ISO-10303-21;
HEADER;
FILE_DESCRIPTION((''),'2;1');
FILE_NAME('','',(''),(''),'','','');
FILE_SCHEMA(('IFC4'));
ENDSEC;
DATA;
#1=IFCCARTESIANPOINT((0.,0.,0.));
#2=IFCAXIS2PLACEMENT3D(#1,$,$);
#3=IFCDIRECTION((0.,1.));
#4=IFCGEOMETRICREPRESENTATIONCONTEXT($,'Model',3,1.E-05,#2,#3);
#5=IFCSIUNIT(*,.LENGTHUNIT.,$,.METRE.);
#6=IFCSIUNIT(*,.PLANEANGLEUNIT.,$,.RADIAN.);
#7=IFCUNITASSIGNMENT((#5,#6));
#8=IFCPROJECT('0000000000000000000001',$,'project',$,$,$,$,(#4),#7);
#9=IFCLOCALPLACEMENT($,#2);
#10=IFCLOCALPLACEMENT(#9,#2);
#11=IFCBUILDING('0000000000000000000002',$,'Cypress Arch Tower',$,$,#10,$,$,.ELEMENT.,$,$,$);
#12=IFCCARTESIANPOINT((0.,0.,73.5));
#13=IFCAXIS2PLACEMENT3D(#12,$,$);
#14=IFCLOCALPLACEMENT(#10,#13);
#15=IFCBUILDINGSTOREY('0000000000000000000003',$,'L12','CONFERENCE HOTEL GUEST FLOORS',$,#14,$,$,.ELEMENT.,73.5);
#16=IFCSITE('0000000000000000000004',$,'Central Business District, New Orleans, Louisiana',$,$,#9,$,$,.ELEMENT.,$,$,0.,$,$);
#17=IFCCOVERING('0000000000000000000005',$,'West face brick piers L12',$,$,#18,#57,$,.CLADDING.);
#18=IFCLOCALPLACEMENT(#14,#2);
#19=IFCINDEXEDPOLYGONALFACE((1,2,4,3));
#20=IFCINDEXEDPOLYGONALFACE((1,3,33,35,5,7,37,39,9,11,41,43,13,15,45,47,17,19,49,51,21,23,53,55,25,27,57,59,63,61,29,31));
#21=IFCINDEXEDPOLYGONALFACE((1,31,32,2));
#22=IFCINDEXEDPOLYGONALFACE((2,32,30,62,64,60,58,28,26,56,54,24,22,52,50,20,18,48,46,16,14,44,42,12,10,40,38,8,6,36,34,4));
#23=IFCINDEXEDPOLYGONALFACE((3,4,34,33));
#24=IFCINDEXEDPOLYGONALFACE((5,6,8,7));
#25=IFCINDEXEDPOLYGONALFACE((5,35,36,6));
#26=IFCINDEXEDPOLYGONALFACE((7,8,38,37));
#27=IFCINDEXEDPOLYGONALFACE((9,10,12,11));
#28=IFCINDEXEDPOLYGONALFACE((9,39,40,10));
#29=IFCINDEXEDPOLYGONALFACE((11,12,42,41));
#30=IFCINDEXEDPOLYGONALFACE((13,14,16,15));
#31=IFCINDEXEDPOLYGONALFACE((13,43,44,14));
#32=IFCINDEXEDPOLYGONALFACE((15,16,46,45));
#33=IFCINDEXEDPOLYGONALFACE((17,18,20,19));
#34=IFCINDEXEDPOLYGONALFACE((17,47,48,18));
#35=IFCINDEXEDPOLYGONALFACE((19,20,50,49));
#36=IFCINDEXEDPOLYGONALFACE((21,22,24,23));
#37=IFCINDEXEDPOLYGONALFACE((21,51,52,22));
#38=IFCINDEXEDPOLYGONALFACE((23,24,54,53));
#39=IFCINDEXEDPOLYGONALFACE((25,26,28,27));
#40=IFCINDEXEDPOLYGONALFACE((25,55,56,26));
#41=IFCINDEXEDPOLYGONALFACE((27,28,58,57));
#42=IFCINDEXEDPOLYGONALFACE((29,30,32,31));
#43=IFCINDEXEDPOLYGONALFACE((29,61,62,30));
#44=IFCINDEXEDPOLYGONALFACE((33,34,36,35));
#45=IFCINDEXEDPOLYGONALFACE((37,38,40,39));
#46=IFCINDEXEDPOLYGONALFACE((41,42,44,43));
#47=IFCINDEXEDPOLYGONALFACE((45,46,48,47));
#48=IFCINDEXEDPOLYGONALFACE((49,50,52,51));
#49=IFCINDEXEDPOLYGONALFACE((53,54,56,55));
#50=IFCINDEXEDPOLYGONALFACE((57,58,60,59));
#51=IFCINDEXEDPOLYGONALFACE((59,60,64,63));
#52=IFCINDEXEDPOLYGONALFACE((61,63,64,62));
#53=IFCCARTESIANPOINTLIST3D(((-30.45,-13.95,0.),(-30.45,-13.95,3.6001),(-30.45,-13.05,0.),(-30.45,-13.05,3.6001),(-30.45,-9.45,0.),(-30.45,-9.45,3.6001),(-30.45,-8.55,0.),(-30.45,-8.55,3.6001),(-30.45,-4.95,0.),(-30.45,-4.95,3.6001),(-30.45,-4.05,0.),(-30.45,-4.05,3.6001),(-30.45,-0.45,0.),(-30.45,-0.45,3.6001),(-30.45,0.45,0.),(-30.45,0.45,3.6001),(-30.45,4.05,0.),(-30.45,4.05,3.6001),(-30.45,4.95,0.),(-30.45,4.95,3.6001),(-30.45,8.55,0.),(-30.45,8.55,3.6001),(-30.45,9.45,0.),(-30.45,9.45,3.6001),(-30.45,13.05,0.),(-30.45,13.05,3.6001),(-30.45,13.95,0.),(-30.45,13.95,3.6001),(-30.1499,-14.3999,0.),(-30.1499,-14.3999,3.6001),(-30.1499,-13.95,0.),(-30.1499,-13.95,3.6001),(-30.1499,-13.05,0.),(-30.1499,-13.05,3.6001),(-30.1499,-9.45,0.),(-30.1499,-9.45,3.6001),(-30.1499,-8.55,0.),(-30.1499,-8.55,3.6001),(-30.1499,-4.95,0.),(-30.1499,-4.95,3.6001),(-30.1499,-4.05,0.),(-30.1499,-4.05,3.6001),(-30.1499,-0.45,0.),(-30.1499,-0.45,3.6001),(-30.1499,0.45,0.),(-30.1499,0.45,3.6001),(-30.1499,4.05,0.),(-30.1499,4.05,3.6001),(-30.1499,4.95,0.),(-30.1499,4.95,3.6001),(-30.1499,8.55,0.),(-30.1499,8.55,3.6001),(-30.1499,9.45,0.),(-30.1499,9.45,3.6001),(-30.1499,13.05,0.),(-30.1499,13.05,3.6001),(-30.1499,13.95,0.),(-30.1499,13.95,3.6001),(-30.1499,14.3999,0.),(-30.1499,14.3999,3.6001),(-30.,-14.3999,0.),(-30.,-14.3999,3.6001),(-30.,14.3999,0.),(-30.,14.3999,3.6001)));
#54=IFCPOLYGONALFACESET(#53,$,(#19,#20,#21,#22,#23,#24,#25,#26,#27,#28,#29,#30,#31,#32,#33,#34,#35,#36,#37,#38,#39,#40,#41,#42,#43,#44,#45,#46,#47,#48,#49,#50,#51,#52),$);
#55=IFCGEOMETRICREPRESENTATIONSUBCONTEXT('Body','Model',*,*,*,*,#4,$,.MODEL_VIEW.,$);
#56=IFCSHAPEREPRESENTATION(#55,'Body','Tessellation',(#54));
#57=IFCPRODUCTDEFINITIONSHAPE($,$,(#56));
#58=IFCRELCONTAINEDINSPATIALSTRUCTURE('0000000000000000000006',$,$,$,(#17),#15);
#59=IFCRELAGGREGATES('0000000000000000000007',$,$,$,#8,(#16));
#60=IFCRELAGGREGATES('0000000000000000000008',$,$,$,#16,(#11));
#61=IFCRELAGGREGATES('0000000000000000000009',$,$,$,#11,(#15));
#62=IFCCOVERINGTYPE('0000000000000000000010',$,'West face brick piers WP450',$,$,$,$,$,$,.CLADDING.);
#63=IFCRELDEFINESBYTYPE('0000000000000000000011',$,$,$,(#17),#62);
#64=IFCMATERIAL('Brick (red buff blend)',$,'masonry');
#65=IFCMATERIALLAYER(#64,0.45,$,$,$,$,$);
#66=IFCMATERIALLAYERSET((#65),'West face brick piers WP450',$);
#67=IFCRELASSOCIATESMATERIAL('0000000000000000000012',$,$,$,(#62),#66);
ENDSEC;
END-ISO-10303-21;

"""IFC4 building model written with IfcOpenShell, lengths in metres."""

from ifc_helpers import new_model, si_unit, direction, frame, origin, place, context, subcontext, project, spatial, polyline, outline, extrude, material, layer, layer_set, type_object, element, save


model = new_model("IFC4")

# Units and contexts
model_context = context("Model", 3, precision=1e-05, world=origin(), true_north=direction((0.0, 1.0)))
body_context = subcontext(model_context, "Body", "Model", "MODEL_VIEW")
ifc_project = project(units=[si_unit("LENGTHUNIT", "METRE"), si_unit("PLANEANGLEUNIT", "RADIAN")], contexts=[model_context])

# Site, building, storey
site_placement = place(None, origin())
site = spatial("IfcSite", under=ifc_project, at=site_placement, Name="Central Business District, New Orleans, Louisiana", CompositionType="ELEMENT", RefElevation=0.0)
building_placement = place(site_placement, origin())
building = spatial("IfcBuilding", under=site, at=building_placement, Name="Cypress Arch Tower", CompositionType="ELEMENT")
storey_placement = place(building_placement, frame((0.0, 0.0, 73.5)))
storey = spatial("IfcBuildingStorey", under=building, at=storey_placement, Name="L12", Description="CONFERENCE HOTEL GUEST FLOORS", CompositionType="ELEMENT", Elevation=73.5)

# Covering
ifc_material_1 = material(Name="Brick (red buff blend)", Category="masonry")
ifc_layer_1 = layer(ifc_material_1, 0.45)
ifc_layer_set_1 = layer_set([ifc_layer_1], Name="West face brick piers WP450")
covering_type_1 = type_object("IfcCoveringType", Name="West face brick piers WP450", PredefinedType="CLADDING", material=ifc_layer_set_1)
covering_1_placement = place(storey_placement, origin())
element("IfcCovering", 1, at=covering_1_placement, inside=storey, type_object=covering_type_1, Name="West face brick piers L12", PredefinedType="CLADDING", context=body_context, shape_type="SweptSolid", body=[
    extrude(outline(polyline([(-30.1499, -13.05), (-30.1499, -9.45), (-30.45, -9.45), (-30.45, -8.55), (-30.1499, -8.55), (-30.1499, -4.95), (-30.45, -4.95), (-30.45, -4.05), (-30.1499, -4.05), (-30.1499, -0.45), (-30.45, -0.45), (-30.45, 0.45), (-30.1499, 0.45), (-30.1499, 4.05), (-30.45, 4.05), (-30.45, 4.95), (-30.1499, 4.95), (-30.1499, 8.55), (-30.45, 8.55), (-30.45, 9.45), (-30.1499, 9.45), (-30.1499, 13.05), (-30.45, 13.05), (-30.45, 13.95), (-30.1499, 13.95), (-30.1499, 14.3999), (-30.0, 14.3999), (-30.0, -14.3999), (-30.1499, -14.3999), (-30.1499, -13.95), (-30.45, -13.95), (-30.45, -13.05), (-30.1499, -13.05)])), origin(), (0.0, 0.0, 1.0), 3.6001),
])

save(model, "model.ifc")
